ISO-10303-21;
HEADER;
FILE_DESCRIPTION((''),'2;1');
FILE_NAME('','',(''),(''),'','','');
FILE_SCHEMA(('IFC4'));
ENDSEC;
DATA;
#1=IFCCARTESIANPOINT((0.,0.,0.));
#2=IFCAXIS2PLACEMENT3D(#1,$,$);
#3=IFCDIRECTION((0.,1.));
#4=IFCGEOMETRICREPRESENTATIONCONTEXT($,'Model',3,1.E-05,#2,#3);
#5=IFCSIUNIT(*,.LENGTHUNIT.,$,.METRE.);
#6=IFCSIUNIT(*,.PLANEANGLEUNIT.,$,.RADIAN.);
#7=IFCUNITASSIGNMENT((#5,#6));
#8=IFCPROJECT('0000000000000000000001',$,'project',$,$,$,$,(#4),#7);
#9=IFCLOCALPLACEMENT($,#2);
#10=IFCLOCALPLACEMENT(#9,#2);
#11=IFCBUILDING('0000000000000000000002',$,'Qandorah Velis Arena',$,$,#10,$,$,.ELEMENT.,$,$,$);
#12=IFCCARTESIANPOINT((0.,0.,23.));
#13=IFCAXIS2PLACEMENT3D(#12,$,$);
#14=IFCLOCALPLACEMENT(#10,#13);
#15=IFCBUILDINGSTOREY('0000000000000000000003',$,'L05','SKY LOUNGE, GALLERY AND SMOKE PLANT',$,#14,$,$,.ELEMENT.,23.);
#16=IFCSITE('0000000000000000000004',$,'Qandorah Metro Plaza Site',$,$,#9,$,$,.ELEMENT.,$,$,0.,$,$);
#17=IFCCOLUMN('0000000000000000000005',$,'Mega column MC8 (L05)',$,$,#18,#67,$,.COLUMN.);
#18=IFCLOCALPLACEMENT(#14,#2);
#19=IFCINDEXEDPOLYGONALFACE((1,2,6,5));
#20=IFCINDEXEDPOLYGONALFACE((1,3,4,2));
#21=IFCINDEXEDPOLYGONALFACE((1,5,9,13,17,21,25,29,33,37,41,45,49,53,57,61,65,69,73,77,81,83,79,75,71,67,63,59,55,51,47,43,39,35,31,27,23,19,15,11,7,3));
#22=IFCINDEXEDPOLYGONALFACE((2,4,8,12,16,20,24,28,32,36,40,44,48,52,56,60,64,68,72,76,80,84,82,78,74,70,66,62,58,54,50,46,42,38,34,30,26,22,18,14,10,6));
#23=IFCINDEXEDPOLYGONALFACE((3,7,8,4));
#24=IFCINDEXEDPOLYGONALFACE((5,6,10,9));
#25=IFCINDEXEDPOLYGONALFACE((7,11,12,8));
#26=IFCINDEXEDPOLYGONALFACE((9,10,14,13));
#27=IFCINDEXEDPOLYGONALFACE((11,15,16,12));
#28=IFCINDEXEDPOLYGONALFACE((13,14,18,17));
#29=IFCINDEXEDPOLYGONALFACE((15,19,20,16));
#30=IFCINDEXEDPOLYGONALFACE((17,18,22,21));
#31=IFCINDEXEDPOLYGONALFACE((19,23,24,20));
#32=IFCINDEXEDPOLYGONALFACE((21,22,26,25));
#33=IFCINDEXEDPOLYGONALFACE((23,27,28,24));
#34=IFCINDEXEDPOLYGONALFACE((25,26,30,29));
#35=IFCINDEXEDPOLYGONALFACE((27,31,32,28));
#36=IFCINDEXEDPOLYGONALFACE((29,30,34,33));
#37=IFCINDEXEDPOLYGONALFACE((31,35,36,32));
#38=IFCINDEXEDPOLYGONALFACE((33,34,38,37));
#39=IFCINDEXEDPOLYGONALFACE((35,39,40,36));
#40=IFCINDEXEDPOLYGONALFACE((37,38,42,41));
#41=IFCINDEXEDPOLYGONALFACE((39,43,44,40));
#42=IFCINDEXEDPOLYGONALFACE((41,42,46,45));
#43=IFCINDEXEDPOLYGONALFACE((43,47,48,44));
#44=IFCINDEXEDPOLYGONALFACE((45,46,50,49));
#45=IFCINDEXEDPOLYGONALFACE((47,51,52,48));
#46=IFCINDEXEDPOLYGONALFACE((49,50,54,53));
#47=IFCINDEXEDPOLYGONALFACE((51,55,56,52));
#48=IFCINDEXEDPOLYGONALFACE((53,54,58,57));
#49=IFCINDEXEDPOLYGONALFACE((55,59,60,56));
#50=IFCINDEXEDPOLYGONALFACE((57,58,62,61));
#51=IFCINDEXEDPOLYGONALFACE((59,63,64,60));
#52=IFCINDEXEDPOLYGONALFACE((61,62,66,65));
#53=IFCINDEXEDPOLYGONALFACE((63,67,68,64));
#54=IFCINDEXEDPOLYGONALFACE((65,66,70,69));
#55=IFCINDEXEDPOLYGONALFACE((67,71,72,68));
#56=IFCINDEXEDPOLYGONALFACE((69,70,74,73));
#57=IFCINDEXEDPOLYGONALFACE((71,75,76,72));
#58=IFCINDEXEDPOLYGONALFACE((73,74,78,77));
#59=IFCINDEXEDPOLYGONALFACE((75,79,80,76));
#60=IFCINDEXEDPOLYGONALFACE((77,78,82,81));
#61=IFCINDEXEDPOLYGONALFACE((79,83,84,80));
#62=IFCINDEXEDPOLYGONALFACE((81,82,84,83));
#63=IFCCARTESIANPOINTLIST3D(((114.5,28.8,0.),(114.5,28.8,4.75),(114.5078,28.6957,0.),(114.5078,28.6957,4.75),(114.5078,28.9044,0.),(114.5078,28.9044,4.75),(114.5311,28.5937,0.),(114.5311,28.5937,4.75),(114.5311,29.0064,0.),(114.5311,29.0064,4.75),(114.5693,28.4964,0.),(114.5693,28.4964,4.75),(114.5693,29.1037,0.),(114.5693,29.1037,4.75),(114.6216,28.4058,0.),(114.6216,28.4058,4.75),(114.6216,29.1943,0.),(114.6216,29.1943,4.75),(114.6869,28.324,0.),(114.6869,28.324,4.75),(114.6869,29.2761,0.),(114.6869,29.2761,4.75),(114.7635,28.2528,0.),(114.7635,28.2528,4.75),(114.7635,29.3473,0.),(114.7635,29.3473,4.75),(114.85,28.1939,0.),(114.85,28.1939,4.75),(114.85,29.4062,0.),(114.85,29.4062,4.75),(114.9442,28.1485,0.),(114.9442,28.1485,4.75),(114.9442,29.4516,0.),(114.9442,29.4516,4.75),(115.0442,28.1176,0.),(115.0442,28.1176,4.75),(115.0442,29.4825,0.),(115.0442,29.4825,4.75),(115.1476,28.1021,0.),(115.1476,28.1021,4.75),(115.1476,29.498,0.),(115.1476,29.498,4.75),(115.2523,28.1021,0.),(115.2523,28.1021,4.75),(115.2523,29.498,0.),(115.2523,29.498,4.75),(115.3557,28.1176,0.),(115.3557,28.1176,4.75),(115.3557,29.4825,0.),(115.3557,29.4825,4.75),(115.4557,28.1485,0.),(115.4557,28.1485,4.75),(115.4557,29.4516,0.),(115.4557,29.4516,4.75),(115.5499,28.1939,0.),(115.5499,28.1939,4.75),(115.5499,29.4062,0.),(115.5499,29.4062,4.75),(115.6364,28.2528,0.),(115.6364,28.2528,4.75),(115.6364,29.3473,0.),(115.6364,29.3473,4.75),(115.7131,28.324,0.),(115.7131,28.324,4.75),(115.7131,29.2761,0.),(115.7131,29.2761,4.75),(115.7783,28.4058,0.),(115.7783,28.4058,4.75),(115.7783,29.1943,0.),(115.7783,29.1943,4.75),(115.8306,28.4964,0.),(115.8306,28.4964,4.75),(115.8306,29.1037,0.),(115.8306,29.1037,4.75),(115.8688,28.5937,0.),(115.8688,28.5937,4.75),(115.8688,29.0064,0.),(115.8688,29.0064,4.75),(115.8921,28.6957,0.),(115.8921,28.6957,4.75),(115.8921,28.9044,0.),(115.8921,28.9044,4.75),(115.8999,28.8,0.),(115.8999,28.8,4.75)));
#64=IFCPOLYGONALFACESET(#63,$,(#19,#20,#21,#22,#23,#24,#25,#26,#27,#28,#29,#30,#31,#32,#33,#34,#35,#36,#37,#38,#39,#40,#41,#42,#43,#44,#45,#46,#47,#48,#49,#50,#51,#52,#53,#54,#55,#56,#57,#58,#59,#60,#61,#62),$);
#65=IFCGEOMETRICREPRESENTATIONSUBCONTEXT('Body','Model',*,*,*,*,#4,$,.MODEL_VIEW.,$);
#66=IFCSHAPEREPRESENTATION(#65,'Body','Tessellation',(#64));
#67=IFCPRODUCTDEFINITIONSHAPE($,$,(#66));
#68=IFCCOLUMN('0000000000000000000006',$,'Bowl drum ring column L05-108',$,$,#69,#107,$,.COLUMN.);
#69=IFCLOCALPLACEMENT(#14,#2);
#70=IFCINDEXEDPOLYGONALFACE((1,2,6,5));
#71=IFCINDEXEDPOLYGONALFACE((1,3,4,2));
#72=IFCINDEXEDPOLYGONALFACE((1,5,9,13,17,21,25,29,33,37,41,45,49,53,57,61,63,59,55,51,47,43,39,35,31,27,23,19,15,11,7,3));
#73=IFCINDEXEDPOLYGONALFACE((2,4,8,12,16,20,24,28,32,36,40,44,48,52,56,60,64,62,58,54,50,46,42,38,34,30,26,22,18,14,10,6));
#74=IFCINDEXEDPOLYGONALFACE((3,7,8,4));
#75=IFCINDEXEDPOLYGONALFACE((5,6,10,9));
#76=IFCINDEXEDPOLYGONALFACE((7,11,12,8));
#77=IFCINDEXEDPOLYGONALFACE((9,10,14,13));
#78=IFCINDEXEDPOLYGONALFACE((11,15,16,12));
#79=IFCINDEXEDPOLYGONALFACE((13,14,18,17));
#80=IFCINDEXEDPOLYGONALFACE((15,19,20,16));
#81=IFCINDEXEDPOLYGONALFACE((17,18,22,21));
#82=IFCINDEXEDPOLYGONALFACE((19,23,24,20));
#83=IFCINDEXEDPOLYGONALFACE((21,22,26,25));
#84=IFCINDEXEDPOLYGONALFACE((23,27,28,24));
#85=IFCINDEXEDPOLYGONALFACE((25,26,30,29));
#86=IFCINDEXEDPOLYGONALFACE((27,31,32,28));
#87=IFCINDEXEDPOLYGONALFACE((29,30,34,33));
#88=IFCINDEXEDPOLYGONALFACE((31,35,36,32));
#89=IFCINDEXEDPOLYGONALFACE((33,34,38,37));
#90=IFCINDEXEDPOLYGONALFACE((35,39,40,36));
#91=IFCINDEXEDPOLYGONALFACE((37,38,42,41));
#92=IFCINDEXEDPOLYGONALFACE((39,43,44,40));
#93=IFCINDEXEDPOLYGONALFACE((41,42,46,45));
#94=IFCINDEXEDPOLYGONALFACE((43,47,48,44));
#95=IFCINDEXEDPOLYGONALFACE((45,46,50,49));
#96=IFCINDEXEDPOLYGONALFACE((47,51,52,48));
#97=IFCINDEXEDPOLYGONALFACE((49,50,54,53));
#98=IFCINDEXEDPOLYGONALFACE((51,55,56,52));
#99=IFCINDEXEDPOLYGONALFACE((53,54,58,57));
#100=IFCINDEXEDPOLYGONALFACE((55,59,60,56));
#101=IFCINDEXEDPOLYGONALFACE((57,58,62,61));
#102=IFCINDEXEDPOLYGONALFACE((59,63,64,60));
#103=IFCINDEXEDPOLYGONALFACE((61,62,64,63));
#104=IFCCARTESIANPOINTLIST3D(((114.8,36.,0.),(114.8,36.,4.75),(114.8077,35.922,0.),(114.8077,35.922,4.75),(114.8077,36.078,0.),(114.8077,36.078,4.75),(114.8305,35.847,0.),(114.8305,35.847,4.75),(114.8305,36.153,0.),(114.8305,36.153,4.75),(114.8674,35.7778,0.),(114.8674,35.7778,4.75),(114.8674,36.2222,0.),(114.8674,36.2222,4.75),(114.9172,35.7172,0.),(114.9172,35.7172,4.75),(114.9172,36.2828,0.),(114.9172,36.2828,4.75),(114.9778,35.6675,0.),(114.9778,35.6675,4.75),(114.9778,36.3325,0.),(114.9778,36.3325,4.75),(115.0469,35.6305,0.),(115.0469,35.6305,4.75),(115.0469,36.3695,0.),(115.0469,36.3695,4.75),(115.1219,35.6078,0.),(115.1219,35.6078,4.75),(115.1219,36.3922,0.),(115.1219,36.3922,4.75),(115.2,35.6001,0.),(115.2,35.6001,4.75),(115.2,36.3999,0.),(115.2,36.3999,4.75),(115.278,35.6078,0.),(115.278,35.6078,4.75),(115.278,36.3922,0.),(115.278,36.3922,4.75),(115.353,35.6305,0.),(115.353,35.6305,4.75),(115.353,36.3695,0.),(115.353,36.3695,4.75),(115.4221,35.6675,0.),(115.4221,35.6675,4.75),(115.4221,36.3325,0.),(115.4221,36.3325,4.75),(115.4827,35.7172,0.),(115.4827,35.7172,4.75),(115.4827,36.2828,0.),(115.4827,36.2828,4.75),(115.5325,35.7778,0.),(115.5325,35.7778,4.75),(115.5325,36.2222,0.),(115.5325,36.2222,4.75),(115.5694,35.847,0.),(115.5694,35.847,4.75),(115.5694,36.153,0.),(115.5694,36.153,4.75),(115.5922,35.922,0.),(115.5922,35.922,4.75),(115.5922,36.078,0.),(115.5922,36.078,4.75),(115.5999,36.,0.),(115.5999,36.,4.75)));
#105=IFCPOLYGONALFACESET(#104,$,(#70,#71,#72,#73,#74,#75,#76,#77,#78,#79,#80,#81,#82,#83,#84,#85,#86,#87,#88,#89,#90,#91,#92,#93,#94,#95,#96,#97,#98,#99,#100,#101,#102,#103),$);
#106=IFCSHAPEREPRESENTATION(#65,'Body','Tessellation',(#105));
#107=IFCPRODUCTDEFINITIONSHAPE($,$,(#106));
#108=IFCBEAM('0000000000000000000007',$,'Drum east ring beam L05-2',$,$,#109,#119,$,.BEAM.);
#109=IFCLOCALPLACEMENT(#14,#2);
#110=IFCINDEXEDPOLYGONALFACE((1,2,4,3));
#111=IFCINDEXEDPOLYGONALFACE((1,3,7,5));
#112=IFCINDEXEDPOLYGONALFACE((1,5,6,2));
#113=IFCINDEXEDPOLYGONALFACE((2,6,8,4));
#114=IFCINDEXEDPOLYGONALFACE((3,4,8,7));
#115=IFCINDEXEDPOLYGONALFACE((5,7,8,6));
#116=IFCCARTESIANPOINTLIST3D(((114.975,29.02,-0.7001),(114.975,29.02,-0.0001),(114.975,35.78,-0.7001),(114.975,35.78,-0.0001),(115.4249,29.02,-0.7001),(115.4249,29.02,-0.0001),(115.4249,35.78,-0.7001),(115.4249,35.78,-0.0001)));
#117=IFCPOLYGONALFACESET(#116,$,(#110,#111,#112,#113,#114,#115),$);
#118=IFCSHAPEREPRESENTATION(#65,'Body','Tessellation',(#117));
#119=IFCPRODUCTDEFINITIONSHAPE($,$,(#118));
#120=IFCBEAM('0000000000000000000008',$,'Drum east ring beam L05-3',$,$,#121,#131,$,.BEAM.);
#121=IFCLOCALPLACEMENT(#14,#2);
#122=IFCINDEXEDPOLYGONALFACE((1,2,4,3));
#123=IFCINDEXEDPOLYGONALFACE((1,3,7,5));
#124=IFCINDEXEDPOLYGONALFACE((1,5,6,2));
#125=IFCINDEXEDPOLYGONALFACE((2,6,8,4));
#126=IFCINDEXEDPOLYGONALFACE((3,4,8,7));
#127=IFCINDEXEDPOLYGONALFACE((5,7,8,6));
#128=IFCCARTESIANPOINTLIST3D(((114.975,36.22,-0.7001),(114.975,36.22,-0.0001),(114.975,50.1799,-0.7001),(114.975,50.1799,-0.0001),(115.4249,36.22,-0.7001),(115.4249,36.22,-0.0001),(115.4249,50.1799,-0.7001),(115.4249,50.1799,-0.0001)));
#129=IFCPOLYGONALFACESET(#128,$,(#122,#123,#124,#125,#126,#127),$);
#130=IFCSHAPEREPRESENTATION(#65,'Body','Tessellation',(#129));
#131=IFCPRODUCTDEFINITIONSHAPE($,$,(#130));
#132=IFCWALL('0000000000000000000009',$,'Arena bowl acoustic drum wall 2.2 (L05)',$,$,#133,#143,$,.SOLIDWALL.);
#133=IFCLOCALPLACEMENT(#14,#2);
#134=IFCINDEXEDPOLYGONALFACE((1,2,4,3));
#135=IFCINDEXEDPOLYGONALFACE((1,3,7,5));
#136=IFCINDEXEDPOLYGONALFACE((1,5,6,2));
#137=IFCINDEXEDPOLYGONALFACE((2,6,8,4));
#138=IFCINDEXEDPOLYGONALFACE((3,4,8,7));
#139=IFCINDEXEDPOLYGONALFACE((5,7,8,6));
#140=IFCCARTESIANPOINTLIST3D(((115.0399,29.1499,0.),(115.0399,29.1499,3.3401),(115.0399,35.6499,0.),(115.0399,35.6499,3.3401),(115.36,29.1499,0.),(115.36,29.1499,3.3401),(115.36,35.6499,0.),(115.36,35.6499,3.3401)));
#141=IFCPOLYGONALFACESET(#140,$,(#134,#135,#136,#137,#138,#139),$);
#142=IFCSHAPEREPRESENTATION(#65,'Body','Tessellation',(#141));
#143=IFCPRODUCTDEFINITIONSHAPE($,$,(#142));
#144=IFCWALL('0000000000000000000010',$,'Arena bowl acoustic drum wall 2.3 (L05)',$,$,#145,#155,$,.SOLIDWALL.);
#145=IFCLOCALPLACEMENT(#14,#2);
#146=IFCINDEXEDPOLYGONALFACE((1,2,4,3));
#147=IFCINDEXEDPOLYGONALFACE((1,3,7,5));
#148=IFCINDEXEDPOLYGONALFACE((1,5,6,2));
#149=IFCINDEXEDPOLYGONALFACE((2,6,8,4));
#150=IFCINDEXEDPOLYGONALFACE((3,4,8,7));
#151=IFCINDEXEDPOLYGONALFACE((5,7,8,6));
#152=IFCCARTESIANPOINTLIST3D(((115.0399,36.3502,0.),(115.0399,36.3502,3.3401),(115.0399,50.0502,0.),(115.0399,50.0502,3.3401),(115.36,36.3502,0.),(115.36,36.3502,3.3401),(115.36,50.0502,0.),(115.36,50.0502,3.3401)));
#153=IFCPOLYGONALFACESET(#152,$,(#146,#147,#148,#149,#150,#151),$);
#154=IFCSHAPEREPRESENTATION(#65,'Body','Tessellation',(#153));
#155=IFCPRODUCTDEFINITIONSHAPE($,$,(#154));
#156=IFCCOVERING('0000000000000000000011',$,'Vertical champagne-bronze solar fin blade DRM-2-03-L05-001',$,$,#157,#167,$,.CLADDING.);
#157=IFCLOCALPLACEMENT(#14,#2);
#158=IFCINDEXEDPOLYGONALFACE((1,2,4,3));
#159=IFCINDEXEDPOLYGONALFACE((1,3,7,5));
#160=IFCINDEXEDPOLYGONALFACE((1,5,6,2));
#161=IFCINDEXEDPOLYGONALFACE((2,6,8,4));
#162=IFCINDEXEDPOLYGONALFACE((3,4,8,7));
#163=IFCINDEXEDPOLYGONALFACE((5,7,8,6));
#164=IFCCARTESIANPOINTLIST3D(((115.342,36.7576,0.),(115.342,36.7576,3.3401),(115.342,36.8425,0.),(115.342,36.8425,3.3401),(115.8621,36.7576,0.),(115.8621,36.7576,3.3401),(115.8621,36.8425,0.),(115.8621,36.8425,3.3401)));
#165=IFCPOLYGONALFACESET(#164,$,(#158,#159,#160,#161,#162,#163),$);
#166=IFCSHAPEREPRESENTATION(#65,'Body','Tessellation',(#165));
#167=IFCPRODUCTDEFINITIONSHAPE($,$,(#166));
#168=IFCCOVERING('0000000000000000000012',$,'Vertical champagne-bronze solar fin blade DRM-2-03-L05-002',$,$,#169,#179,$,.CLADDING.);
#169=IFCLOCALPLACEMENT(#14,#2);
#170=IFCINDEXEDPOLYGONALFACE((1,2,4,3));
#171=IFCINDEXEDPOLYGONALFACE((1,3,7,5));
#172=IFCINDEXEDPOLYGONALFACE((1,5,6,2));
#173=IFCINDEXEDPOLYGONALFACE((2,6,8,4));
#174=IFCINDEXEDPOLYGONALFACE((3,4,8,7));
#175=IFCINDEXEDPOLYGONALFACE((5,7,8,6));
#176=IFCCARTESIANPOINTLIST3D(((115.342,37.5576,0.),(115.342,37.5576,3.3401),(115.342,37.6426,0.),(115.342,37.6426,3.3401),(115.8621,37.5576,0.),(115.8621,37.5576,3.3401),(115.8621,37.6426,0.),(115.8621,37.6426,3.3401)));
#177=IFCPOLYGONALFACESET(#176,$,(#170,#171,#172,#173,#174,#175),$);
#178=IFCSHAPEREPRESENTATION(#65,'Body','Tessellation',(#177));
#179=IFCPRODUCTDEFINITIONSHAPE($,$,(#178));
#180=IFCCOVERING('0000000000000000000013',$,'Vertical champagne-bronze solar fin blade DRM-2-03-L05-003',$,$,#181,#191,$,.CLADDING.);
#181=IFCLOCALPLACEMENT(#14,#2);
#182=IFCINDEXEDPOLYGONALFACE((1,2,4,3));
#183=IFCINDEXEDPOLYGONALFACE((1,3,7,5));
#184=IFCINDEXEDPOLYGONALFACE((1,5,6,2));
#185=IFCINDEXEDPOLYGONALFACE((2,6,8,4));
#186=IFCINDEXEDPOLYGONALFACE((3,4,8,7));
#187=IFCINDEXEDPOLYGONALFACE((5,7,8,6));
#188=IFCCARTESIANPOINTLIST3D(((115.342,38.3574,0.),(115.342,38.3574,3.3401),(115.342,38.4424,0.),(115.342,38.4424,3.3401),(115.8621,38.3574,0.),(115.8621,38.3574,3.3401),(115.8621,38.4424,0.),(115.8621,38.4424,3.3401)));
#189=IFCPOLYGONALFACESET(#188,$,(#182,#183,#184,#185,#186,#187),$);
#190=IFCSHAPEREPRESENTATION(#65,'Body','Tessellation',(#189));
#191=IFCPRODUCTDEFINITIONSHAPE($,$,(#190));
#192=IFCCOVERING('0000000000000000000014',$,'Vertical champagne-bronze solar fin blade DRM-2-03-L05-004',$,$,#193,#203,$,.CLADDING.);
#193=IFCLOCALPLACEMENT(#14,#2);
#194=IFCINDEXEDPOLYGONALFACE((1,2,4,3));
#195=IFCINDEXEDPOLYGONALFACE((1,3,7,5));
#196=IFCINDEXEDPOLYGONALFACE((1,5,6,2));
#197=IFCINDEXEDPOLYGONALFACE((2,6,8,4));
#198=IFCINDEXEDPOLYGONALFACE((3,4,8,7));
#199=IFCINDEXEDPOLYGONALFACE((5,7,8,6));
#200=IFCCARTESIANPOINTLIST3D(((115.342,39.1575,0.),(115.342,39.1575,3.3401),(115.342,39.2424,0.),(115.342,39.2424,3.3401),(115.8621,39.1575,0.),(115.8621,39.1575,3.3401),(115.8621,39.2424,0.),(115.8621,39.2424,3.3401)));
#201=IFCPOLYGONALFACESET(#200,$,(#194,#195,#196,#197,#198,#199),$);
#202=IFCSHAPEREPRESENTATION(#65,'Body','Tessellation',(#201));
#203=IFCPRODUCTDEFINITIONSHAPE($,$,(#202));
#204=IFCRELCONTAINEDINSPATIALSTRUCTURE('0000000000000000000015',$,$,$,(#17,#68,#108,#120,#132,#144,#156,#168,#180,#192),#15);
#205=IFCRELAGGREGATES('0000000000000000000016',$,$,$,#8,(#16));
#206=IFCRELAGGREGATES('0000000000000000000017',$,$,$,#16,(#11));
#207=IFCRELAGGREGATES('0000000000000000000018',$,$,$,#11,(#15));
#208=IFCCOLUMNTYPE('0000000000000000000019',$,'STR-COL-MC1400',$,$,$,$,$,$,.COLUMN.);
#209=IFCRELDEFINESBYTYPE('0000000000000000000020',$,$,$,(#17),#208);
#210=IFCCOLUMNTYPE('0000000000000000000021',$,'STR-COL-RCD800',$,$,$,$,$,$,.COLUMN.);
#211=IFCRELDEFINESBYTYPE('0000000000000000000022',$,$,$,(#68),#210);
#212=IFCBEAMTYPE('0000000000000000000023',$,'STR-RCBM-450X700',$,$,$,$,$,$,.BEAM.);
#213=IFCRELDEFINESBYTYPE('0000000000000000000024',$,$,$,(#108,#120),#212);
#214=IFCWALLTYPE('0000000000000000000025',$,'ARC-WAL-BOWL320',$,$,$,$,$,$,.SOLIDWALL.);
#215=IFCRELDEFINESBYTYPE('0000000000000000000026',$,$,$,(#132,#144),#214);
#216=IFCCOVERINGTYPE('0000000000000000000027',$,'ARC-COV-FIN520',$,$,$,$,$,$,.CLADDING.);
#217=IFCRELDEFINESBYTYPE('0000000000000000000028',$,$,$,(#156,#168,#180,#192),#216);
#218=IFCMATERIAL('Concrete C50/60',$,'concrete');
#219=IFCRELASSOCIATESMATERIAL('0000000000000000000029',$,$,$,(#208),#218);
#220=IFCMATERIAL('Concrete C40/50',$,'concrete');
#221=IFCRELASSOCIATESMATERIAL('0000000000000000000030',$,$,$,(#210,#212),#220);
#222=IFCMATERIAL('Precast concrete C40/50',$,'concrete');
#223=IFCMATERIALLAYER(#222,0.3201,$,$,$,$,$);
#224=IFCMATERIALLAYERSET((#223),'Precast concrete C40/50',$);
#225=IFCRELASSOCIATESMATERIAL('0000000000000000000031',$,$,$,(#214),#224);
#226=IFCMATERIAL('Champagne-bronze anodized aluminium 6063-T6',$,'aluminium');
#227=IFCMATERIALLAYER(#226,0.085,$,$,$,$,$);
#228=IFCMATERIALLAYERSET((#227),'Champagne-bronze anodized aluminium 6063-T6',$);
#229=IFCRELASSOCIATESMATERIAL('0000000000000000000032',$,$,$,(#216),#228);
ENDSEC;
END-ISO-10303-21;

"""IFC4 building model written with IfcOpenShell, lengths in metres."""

from ifc_helpers import new_model, si_unit, direction, frame, frame_2d, origin, origin_2d, place, context, subcontext, project, spatial, rectangle, circle, extrude, material, layer, layer_set, material_profile, profile_set, type_object, element, save


model = new_model("IFC4")

# Units and contexts
model_context = context("Model", 3, precision=1e-05, world=origin(), true_north=direction((0.0, 1.0)))
body_context = subcontext(model_context, "Body", "Model", "MODEL_VIEW")
ifc_project = project(units=[si_unit("LENGTHUNIT", "METRE"), si_unit("PLANEANGLEUNIT", "RADIAN")], contexts=[model_context])

# Site, building, storey
site_placement = place(None, origin())
site = spatial("IfcSite", under=ifc_project, at=site_placement, Name="Qandorah Metro Plaza Site", CompositionType="ELEMENT", RefElevation=0.0)
building_placement = place(site_placement, origin())
building = spatial("IfcBuilding", under=site, at=building_placement, Name="Qandorah Velis Arena", CompositionType="ELEMENT")
storey_placement = place(building_placement, frame((0.0, 0.0, 23.0)))
storey = spatial("IfcBuildingStorey", under=building, at=storey_placement, Name="L05", Description="SKY LOUNGE, GALLERY AND SMOKE PLANT", CompositionType="ELEMENT", Elevation=23.0)

# Columns
ifc_material_1 = material(Name="Concrete C50/60", Category="concrete")
ifc_material_profile_1 = material_profile(ifc_material_1, circle(Radius=0.7, at=origin_2d()), Name="MC D1400")
ifc_profile_set_1 = profile_set([ifc_material_profile_1], Name="Concrete C50/60")
column_type_1 = type_object("IfcColumnType", Name="STR-COL-MC1400", PredefinedType="COLUMN", material=ifc_profile_set_1)
column_1_placement = place(storey_placement, frame((115.2, 28.8, 0.0), z_axis=(0.0, 0.0, 1.0), x_axis=(1.0, 0.0, 0.0)))
element("IfcColumn", 1, at=column_1_placement, inside=storey, type_object=column_type_1, Name="Mega column MC8 (L05)", PredefinedType="COLUMN", context=body_context, shape_type="SweptSolid", body=[
    extrude(circle(Radius=0.7, at=origin_2d()), origin(), (0.0, 0.0, 1.0), 4.75),
])
ifc_material_2 = material(Name="Concrete C40/50", Category="concrete")
ifc_material_profile_2 = material_profile(ifc_material_2, circle(Radius=0.3999, at=origin_2d()), Name="RC D800")
ifc_profile_set_2 = profile_set([ifc_material_profile_2], Name="Concrete C40/50")
column_type_2 = type_object("IfcColumnType", Name="STR-COL-RCD800", PredefinedType="COLUMN", material=ifc_profile_set_2)
column_2_placement = place(storey_placement, frame((115.2, 36.0, 0.0), z_axis=(0.0, 0.0, 1.0), x_axis=(1.0, 0.0, 0.0)))
element("IfcColumn", 2, at=column_2_placement, inside=storey, type_object=column_type_2, Name="Bowl drum ring column L05-108", PredefinedType="COLUMN", context=body_context, shape_type="SweptSolid", body=[
    extrude(circle(Radius=0.3999, at=origin_2d()), origin(), (0.0, 0.0, 1.0), 4.75),
])

# Beams
ifc_material_profile_3 = material_profile(ifc_material_2, rectangle(XDim=0.45, YDim=0.7, at=origin_2d()), Name="RC BM 450x700")
ifc_profile_set_3 = profile_set([ifc_material_profile_3], Name="Concrete C40/50")
beam_type = type_object("IfcBeamType", Name="STR-RCBM-450X700", PredefinedType="BEAM", material=ifc_profile_set_3)
beam_1_placement = place(storey_placement, frame((115.2, 29.02, -0.3501), z_axis=(0.0, 1.0, 0.0), x_axis=(-1.0, 0.0, 0.0)))
element("IfcBeam", 3, at=beam_1_placement, inside=storey, type_object=beam_type, Name="Drum east ring beam L05-2", PredefinedType="BEAM", context=body_context, shape_type="SweptSolid", body=[
    extrude(rectangle(XDim=0.45, YDim=0.7, at=origin_2d()), origin(), (0.0, 0.0, 1.0), 6.76),
])
beam_2_placement = place(storey_placement, frame((115.2, 36.22, -0.3501), z_axis=(0.0, 1.0, 0.0), x_axis=(-1.0, 0.0, 0.0)))
element("IfcBeam", 4, at=beam_2_placement, inside=storey, type_object=beam_type, Name="Drum east ring beam L05-3", PredefinedType="BEAM", context=body_context, shape_type="SweptSolid", body=[
    extrude(rectangle(XDim=0.45, YDim=0.7, at=origin_2d()), origin(), (0.0, 0.0, 1.0), 13.96),
])

# Walls
ifc_material_3 = material(Name="Precast concrete C40/50", Category="concrete")
ifc_layer_1 = layer(ifc_material_3, 0.3201)
ifc_layer_set_1 = layer_set([ifc_layer_1], Name="Precast concrete C40/50")
wall_type = type_object("IfcWallType", Name="ARC-WAL-BOWL320", PredefinedType="SOLIDWALL", material=ifc_layer_set_1)
wall_1_placement = place(storey_placement, frame((115.2, 29.1499, 0.0), z_axis=(0.0, 0.0, 1.0), x_axis=(0.0, 1.0, 0.0)))
element("IfcWall", 5, at=wall_1_placement, inside=storey, type_object=wall_type, Name="Arena bowl acoustic drum wall 2.2 (L05)", PredefinedType="SOLIDWALL", context=body_context, shape_type="SweptSolid", body=[
    extrude(rectangle(XDim=6.5, YDim=0.3201, at=frame_2d((3.25, 0.0))), origin(), (0.0, 0.0, 1.0), 3.3401),
])
wall_2_placement = place(storey_placement, frame((115.2, 36.3501, 0.0), z_axis=(0.0, 0.0, 1.0), x_axis=(0.0, 1.0, 0.0)))
element("IfcWall", 6, at=wall_2_placement, inside=storey, type_object=wall_type, Name="Arena bowl acoustic drum wall 2.3 (L05)", PredefinedType="SOLIDWALL", context=body_context, shape_type="SweptSolid", body=[
    extrude(rectangle(XDim=13.7, YDim=0.3201, at=frame_2d((6.8501, 0.0))), origin(), (0.0, 0.0, 1.0), 3.3401),
])

# Coverings
ifc_material_4 = material(Name="Champagne-bronze anodized aluminium 6063-T6", Category="aluminium")
ifc_layer_2 = layer(ifc_material_4, 0.085)
ifc_layer_set_2 = layer_set([ifc_layer_2], Name="Champagne-bronze anodized aluminium 6063-T6")
covering_type = type_object("IfcCoveringType", Name="ARC-COV-FIN520", PredefinedType="CLADDING", material=ifc_layer_set_2)
for number, where, z_axis, x_axis, name in (
    (7, (115.6021, 36.8, 0.0), (0.0, 0.0, 1.0), (1.0, 0.0, 0.0), "Vertical champagne-bronze solar fin blade DRM-2-03-L05-001"),
    (8, (115.6021, 37.6001, 0.0), (0.0, 0.0, 1.0), (1.0, 0.0, 0.0), "Vertical champagne-bronze solar fin blade DRM-2-03-L05-002"),
    (9, (115.6021, 38.3999, 0.0), (0.0, 0.0, 1.0), (1.0, 0.0, 0.0), "Vertical champagne-bronze solar fin blade DRM-2-03-L05-003"),
    (10, (115.6021, 39.2, 0.0), (0.0, 0.0, 1.0), (1.0, 0.0, 0.0), "Vertical champagne-bronze solar fin blade DRM-2-03-L05-004"),
):
    element("IfcCovering", number, at=place(storey_placement, frame(where, z_axis=z_axis, x_axis=x_axis)), inside=storey, type_object=covering_type, Name=name, PredefinedType="CLADDING", context=body_context, shape_type="SweptSolid", body=[
        extrude(rectangle(XDim=0.52, YDim=0.085, at=origin_2d()), origin(), (0.0, 0.0, 1.0), 3.3401),
    ])

save(model, "model.ifc")
